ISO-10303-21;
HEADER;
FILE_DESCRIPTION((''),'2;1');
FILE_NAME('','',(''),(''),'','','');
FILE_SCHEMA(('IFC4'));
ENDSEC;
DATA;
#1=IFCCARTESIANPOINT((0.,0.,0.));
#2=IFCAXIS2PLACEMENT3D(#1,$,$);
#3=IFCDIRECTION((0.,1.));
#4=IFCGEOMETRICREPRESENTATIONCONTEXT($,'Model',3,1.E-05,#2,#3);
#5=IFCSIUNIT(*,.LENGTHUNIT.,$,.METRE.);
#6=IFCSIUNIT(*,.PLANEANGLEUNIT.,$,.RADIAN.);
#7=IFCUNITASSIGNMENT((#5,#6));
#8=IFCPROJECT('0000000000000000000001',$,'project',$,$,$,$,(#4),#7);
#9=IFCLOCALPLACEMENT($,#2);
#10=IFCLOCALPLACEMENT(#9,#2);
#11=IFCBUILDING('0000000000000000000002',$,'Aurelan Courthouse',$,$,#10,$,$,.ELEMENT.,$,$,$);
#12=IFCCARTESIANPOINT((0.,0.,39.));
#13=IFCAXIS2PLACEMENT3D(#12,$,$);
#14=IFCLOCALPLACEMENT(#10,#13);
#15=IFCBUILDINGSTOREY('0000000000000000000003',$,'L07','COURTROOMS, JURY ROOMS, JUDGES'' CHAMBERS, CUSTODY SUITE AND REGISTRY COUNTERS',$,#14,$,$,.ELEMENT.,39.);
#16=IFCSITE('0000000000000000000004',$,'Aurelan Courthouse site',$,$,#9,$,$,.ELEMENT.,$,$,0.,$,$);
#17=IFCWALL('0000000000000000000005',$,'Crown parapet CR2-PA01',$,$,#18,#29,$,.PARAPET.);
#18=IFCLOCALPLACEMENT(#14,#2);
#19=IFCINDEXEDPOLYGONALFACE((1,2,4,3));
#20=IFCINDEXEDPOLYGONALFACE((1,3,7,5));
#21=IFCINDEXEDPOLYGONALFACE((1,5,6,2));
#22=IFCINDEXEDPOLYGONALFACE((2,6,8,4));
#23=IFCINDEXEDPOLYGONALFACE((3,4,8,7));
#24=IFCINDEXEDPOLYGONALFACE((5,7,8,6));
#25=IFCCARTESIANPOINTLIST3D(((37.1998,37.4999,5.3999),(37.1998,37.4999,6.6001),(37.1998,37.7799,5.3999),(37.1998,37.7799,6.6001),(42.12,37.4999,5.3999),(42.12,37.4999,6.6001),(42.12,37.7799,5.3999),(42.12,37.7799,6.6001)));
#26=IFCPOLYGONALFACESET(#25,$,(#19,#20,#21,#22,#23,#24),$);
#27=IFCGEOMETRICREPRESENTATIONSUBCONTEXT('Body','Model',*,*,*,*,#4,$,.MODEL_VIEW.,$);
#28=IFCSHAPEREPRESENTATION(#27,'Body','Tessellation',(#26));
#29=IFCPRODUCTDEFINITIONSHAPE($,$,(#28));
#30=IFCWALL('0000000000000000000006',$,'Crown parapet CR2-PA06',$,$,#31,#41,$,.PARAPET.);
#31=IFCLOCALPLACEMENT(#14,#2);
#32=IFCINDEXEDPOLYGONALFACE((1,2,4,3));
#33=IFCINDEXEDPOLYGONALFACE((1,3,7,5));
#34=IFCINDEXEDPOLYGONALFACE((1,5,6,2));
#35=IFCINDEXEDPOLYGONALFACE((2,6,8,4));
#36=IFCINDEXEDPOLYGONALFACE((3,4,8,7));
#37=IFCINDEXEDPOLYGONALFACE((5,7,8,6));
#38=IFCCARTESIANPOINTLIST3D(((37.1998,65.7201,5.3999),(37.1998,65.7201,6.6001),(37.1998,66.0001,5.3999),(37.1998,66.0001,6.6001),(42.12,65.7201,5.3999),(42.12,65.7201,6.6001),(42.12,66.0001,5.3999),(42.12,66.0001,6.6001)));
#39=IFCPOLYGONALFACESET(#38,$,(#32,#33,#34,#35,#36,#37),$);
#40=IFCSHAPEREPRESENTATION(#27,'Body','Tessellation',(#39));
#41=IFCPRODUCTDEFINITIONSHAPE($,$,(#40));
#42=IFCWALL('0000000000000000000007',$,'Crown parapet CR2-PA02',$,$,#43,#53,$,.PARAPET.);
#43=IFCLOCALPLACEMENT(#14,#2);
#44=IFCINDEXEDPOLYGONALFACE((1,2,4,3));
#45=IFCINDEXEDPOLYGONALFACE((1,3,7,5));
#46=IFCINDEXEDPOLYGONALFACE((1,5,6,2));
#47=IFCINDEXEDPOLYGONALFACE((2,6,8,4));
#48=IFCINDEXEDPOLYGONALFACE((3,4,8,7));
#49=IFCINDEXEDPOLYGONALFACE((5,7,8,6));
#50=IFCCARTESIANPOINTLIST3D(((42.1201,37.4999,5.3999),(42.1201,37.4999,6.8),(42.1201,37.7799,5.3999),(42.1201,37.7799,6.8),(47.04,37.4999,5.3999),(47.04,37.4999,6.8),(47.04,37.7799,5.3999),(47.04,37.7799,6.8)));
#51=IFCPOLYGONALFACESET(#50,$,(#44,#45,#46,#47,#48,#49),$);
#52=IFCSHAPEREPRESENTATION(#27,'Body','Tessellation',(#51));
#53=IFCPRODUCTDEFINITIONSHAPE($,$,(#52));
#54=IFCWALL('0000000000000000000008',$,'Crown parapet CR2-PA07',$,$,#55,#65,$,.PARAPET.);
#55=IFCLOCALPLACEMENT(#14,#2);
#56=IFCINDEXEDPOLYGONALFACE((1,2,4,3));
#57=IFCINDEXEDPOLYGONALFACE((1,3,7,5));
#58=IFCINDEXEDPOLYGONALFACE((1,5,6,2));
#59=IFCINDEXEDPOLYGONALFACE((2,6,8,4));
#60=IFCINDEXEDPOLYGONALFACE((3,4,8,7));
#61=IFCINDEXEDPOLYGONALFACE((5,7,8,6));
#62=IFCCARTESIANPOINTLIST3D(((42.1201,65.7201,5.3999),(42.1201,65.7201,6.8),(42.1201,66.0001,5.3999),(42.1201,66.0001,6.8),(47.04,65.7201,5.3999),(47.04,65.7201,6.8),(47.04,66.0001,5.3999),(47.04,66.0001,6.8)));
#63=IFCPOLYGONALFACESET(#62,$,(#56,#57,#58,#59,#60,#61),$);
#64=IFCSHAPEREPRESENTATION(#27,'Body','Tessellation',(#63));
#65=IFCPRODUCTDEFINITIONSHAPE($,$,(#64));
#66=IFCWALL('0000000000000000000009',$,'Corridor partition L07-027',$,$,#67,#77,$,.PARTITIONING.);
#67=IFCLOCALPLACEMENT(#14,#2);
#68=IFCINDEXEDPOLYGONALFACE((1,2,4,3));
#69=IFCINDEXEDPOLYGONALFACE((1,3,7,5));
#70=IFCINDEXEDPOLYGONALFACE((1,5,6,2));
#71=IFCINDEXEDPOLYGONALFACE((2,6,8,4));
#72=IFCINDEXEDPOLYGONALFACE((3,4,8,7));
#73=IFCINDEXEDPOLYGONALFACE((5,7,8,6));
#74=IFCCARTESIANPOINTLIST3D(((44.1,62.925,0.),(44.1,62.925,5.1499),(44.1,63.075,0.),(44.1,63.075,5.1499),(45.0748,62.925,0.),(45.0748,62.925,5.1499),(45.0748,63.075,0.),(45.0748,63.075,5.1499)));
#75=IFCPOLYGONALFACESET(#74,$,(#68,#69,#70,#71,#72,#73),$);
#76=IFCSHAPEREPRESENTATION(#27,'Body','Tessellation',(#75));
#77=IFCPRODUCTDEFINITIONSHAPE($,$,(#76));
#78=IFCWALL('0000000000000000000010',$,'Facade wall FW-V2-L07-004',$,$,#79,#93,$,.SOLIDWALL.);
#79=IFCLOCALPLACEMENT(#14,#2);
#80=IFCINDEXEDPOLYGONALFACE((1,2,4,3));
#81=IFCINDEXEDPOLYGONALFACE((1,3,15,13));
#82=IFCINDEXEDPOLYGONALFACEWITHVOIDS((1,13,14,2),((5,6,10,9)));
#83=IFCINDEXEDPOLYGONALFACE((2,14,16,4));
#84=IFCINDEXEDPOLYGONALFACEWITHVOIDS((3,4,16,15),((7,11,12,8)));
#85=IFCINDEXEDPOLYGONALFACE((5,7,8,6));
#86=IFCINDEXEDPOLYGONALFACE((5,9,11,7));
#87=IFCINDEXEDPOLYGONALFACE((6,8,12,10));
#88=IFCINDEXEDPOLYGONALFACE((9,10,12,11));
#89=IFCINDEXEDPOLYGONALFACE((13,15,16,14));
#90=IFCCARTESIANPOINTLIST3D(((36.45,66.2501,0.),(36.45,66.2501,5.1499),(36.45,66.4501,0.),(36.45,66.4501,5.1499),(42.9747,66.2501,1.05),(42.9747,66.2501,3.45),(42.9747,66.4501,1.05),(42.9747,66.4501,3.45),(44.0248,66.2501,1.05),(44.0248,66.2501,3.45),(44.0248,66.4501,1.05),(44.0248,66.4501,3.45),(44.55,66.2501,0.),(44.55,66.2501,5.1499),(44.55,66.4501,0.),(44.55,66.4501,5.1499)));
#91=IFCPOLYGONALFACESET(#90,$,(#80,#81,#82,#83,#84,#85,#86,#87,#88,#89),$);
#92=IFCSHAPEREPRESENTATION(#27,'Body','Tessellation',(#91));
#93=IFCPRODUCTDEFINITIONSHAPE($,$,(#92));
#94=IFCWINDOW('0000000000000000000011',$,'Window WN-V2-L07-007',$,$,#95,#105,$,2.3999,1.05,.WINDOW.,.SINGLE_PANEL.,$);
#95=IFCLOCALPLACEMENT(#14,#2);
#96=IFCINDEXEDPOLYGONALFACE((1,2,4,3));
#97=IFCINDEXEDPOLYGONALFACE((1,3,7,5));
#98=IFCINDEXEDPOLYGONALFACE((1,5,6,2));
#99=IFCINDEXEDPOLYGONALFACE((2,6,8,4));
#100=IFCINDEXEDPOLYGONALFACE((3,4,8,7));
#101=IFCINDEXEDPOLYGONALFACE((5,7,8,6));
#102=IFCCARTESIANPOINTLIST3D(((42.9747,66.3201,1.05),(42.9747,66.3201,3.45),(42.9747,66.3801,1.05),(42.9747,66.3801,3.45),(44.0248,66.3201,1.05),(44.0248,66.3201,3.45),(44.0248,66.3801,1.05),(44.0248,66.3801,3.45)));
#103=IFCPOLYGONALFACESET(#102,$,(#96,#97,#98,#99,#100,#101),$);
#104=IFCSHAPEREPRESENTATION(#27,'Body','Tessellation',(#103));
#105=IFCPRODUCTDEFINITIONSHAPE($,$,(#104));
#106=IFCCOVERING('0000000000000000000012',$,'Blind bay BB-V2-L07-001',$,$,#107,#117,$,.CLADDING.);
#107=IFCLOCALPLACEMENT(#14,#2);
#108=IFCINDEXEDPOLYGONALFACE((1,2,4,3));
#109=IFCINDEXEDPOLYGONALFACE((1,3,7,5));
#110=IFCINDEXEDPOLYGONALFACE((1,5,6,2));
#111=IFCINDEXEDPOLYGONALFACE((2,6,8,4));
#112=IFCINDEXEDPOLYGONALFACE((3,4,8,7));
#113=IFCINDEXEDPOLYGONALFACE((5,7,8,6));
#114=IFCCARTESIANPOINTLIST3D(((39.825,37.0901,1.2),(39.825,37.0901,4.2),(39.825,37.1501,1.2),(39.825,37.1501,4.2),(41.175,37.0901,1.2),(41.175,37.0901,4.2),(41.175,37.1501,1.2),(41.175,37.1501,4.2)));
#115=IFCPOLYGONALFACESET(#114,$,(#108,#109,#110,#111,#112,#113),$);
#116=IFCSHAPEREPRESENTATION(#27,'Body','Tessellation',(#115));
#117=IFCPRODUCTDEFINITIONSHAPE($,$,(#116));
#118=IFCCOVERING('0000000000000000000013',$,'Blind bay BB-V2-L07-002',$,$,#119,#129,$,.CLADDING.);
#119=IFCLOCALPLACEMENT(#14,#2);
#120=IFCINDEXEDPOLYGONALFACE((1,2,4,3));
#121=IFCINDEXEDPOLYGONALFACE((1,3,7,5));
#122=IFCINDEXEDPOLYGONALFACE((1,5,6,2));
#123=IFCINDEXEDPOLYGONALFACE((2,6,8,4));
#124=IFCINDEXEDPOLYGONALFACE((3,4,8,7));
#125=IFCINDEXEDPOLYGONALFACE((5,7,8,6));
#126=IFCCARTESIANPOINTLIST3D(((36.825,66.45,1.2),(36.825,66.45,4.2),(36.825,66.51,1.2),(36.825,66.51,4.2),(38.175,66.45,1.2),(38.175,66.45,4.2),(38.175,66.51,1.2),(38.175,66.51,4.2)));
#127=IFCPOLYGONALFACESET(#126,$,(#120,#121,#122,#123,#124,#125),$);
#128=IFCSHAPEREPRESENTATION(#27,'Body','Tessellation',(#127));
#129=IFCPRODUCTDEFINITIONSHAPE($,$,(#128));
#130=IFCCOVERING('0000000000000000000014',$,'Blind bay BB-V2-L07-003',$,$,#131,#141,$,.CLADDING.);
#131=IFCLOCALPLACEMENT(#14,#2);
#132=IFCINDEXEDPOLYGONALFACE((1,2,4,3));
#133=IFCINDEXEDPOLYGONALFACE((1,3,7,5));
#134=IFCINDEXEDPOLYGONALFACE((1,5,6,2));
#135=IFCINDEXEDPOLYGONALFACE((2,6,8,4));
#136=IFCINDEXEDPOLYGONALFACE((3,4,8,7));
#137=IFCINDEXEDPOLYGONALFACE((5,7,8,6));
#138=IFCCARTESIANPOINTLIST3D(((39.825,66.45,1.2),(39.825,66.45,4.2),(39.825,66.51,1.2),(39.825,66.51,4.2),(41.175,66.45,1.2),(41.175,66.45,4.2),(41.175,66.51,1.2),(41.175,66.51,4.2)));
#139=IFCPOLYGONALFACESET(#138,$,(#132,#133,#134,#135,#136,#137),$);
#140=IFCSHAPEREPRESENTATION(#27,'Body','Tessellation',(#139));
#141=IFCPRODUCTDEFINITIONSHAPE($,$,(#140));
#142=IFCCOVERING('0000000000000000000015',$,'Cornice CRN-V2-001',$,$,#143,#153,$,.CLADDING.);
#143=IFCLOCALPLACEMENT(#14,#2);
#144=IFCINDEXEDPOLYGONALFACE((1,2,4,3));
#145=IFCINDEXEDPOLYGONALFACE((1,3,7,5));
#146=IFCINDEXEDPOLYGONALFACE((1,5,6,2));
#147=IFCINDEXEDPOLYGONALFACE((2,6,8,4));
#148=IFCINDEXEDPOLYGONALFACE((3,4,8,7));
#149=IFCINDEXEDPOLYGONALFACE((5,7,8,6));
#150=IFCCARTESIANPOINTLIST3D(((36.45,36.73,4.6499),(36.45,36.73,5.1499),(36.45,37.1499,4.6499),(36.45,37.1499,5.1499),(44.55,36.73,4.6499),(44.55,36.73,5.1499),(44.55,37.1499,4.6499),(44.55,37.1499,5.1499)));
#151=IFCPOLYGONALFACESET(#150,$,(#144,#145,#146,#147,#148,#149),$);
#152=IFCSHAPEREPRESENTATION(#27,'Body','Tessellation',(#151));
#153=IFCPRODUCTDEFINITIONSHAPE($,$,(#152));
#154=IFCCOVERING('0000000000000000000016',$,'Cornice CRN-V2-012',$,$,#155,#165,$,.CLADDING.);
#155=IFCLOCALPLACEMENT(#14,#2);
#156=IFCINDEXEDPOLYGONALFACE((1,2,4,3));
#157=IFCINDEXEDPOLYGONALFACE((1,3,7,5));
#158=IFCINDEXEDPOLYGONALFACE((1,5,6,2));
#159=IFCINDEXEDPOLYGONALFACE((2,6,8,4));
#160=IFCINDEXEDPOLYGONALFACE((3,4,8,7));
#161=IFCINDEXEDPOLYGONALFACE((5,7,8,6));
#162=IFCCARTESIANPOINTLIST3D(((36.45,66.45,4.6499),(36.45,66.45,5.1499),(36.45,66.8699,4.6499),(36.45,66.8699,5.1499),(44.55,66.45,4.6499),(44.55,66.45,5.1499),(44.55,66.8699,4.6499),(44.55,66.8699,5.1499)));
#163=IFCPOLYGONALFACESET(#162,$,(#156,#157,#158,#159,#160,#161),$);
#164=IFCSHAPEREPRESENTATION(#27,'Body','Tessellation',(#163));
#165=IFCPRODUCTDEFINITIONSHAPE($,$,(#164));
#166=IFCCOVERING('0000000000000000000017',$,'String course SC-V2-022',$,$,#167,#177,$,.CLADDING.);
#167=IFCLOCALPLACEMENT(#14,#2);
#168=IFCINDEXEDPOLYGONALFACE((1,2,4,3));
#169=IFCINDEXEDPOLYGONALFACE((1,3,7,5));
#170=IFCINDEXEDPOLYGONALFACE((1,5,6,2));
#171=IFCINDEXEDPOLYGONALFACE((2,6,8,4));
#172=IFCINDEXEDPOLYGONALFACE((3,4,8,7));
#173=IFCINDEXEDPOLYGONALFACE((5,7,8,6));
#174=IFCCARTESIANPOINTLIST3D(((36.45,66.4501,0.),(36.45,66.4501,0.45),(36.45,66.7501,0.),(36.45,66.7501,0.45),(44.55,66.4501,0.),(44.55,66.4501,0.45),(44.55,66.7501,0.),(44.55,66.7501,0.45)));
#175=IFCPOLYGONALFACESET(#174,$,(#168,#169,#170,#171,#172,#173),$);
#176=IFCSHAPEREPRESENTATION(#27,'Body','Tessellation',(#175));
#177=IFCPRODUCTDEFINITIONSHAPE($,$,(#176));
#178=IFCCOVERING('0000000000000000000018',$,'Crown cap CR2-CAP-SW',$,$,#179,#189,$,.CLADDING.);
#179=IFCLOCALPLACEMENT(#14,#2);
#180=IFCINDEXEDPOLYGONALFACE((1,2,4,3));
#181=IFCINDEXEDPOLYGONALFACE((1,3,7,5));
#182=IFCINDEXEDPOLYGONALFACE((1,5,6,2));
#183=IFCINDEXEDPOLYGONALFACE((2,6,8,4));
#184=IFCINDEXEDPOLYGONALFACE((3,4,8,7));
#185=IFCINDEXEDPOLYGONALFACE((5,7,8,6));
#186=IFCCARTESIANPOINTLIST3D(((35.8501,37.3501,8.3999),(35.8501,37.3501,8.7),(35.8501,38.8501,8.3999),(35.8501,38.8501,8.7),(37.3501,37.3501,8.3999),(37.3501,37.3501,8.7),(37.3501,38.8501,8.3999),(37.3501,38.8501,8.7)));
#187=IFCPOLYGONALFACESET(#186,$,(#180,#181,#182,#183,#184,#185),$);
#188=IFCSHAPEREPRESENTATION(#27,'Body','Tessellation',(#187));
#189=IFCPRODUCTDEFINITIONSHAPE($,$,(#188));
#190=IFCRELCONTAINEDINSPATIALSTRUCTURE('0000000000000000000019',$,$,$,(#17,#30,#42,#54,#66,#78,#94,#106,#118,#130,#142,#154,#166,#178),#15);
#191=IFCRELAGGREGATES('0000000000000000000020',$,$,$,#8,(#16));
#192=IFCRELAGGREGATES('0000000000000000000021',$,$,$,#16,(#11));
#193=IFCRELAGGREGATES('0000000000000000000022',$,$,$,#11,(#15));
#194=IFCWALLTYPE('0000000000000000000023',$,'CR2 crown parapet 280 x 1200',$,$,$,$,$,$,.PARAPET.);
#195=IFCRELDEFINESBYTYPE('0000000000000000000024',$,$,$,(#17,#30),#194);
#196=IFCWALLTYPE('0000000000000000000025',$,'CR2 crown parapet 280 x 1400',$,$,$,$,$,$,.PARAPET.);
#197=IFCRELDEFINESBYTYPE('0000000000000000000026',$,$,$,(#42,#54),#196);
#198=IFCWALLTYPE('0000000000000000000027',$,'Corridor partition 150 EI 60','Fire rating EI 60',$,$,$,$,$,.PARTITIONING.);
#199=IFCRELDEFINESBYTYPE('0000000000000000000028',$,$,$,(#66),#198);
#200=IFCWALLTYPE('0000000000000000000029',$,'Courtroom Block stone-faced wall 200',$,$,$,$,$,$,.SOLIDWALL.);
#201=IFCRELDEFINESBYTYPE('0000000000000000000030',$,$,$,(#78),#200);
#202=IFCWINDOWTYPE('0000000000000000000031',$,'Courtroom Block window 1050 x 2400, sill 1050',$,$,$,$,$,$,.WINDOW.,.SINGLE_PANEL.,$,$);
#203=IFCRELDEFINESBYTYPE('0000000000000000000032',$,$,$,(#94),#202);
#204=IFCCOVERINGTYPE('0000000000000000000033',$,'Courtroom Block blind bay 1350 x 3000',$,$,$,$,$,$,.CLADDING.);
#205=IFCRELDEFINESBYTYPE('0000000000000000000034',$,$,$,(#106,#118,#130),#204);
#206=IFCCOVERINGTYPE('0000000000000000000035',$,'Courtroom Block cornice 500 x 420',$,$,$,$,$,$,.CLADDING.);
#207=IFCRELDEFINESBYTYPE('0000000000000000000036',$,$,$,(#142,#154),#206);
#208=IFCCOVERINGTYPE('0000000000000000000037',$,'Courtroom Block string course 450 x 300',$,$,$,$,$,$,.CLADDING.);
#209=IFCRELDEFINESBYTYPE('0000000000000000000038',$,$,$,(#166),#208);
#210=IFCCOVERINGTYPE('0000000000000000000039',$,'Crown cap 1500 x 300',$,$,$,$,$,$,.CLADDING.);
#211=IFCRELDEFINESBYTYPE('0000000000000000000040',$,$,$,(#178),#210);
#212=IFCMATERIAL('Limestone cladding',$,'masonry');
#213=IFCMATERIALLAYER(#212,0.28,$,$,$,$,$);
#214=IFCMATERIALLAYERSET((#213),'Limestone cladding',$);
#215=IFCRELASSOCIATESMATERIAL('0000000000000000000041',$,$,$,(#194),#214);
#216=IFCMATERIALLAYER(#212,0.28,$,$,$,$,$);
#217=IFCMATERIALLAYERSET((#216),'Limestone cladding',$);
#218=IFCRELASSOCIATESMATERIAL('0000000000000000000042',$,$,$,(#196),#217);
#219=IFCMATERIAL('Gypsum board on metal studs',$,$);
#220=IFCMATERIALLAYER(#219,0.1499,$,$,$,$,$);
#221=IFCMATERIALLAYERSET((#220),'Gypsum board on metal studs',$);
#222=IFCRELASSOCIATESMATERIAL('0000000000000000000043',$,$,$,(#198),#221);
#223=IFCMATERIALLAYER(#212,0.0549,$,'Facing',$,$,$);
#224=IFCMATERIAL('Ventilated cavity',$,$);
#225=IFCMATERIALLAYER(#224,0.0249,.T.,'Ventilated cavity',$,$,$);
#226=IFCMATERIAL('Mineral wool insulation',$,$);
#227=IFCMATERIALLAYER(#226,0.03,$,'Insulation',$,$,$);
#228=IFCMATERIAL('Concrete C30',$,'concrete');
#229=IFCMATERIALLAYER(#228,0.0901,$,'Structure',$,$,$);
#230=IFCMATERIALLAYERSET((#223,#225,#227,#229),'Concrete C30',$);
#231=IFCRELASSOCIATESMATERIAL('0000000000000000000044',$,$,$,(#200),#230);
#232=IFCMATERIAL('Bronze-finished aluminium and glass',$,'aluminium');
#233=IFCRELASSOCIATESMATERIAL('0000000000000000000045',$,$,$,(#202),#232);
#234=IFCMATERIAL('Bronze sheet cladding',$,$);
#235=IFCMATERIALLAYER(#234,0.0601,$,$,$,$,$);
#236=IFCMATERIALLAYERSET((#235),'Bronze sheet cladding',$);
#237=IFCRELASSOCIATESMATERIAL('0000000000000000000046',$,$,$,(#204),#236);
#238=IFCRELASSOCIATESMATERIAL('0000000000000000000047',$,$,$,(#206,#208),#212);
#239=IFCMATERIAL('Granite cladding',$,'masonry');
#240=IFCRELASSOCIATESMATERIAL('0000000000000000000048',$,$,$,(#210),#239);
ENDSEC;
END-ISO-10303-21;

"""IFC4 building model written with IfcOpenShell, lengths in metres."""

from ifc_helpers import new_model, si_unit, direction, frame, frame_2d, origin, origin_2d, place, context, subcontext, project, spatial, rectangle, extrude, material, layer, layer_set, type_object, element, fill, save


model = new_model("IFC4")

# Units and contexts
model_context = context("Model", 3, precision=1e-05, world=origin(), true_north=direction((0.0, 1.0)))
body_context = subcontext(model_context, "Body", "Model", "MODEL_VIEW")
ifc_project = project(units=[si_unit("LENGTHUNIT", "METRE"), si_unit("PLANEANGLEUNIT", "RADIAN")], contexts=[model_context])

# Site, building, storey
site_placement = place(None, origin())
site = spatial("IfcSite", under=ifc_project, at=site_placement, Name="Aurelan Courthouse site", CompositionType="ELEMENT", RefElevation=0.0)
building_placement = place(site_placement, origin())
building = spatial("IfcBuilding", under=site, at=building_placement, Name="Aurelan Courthouse", CompositionType="ELEMENT")
storey_placement = place(building_placement, frame((0.0, 0.0, 39.0)))
storey = spatial("IfcBuildingStorey", under=building, at=storey_placement, Name="L07", Description="COURTROOMS, JURY ROOMS, JUDGES' CHAMBERS, CUSTODY SUITE AND REGISTRY COUNTERS", CompositionType="ELEMENT", Elevation=39.0)

# Walls
ifc_material_1 = material(Name="Limestone cladding", Category="masonry")
ifc_layer_1 = layer(ifc_material_1, 0.28)
ifc_layer_set_1 = layer_set([ifc_layer_1], Name="Limestone cladding")
wall_type_1 = type_object("IfcWallType", Name="CR2 crown parapet 280 x 1200", PredefinedType="PARAPET", material=ifc_layer_set_1)
for number, where, z_axis, x_axis, name in (
    (1, (37.2, 37.6399, 5.3999), (0.0, 0.0, 1.0), (1.0, 0.0, 0.0), "Crown parapet CR2-PA01"),
    (2, (37.2, 65.8601, 5.3999), (0.0, 0.0, 1.0), (1.0, 0.0, 0.0), "Crown parapet CR2-PA06"),
):
    element("IfcWall", number, at=place(storey_placement, frame(where, z_axis=z_axis, x_axis=x_axis)), inside=storey, type_object=wall_type_1, Name=name, PredefinedType="PARAPET", context=body_context, shape_type="SweptSolid", body=[
        extrude(rectangle(XDim=4.9202, YDim=0.28, at=frame_2d((2.46, 0.0))), origin(), (0.0, 0.0, 1.0), 1.2002),
    ])
ifc_layer_2 = layer(ifc_material_1, 0.28)
ifc_layer_set_2 = layer_set([ifc_layer_2], Name="Limestone cladding")
wall_type_2 = type_object("IfcWallType", Name="CR2 crown parapet 280 x 1400", PredefinedType="PARAPET", material=ifc_layer_set_2)
for number, where, z_axis, x_axis, name in (
    (3, (42.1201, 37.6399, 5.3999), (0.0, 0.0, 1.0), (1.0, 0.0, 0.0), "Crown parapet CR2-PA02"),
    (4, (42.1201, 65.8601, 5.3999), (0.0, 0.0, 1.0), (1.0, 0.0, 0.0), "Crown parapet CR2-PA07"),
):
    element("IfcWall", number, at=place(storey_placement, frame(where, z_axis=z_axis, x_axis=x_axis)), inside=storey, type_object=wall_type_2, Name=name, PredefinedType="PARAPET", context=body_context, shape_type="SweptSolid", body=[
        extrude(rectangle(XDim=4.9199, YDim=0.28, at=frame_2d((2.46, 0.0))), origin(), (0.0, 0.0, 1.0), 1.4001),
    ])
ifc_material_2 = material(Name="Gypsum board on metal studs")
ifc_layer_3 = layer(ifc_material_2, 0.1499)
ifc_layer_set_3 = layer_set([ifc_layer_3], Name="Gypsum board on metal studs")
wall_type_3 = type_object("IfcWallType", Name="Corridor partition 150 EI 60", Description="Fire rating EI 60", PredefinedType="PARTITIONING", material=ifc_layer_set_3)
wall_1_placement = place(storey_placement, frame((44.1001, 63.0, 0.0), z_axis=(0.0, 0.0, 1.0), x_axis=(1.0, 0.0, 0.0)))
element("IfcWall", 5, at=wall_1_placement, inside=storey, type_object=wall_type_3, Name="Corridor partition L07-027", PredefinedType="PARTITIONING", context=body_context, shape_type="SweptSolid", body=[
    extrude(rectangle(XDim=0.9749, YDim=0.1499, at=frame_2d((0.4873, 0.0))), origin(), (0.0, 0.0, 1.0), 5.1499),
])

# Wall, opening, window
ifc_layer_4 = layer(ifc_material_1, 0.0549, Name="Facing")
ifc_material_3 = material(Name="Ventilated cavity")
ifc_layer_5 = layer(ifc_material_3, 0.0249, ventilated=True, Name="Ventilated cavity")
ifc_material_4 = material(Name="Mineral wool insulation")
ifc_layer_6 = layer(ifc_material_4, 0.03, Name="Insulation")
ifc_material_5 = material(Name="Concrete C30", Category="concrete")
ifc_layer_7 = layer(ifc_material_5, 0.0901, Name="Structure")
ifc_layer_set_4 = layer_set([ifc_layer_4, ifc_layer_5, ifc_layer_6, ifc_layer_7], Name="Concrete C30")
wall_type_4 = type_object("IfcWallType", Name="Courtroom Block stone-faced wall 200", PredefinedType="SOLIDWALL", material=ifc_layer_set_4)
wall_2_placement = place(storey_placement, frame((36.45, 66.3501, 0.0), z_axis=(0.0, 0.0, 1.0), x_axis=(1.0, 0.0, 0.0)))
wall_2 = element("IfcWall", 6, at=wall_2_placement, inside=storey, type_object=wall_type_4, Name="Facade wall FW-V2-L07-004", PredefinedType="SOLIDWALL", context=body_context, shape_type="SweptSolid", body=[
    extrude(rectangle(XDim=8.1001, YDim=0.2, at=frame_2d((4.05, 0.0))), origin(), (0.0, 0.0, 1.0), 5.1499),
])
opening_placement = place(wall_2_placement, frame((6.5249, 0.0, 1.05)))
opening = element("IfcOpeningElement", 7, at=opening_placement, cuts=wall_2, PredefinedType="OPENING", context=body_context, shape_type="SweptSolid", body=[
    extrude(rectangle(XDim=1.05, YDim=2.3999, at=frame_2d((0.5249, 1.2))), frame((0.0, 0.1099, 0.0), z_axis=(0.0, -1.0, 0.0), x_axis=(1.0, 0.0, 0.0)), (0.0, 0.0, 1.0), 0.22),
])
ifc_material_6 = material(Name="Bronze-finished aluminium and glass", Category="aluminium")
window_type = type_object("IfcWindowType", Name="Courtroom Block window 1050 x 2400, sill 1050", PartitioningType="SINGLE_PANEL", PredefinedType="WINDOW", material=ifc_material_6)
window_placement = place(opening_placement, origin())
window = element("IfcWindow", 8, at=window_placement, inside=storey, type_object=window_type, Name="Window WN-V2-L07-007", OverallHeight=2.3999, OverallWidth=1.05, PartitioningType="SINGLE_PANEL", PredefinedType="WINDOW", context=body_context, shape_type="SweptSolid", body=[
    extrude(rectangle(XDim=1.05, YDim=2.3999, at=frame_2d((0.5249, 1.2))), frame((0.0, 0.03, 0.0), z_axis=(0.0, -1.0, 0.0), x_axis=(1.0, 0.0, 0.0)), (0.0, 0.0, 1.0), 0.0601),
])
fill(opening, window)

# Coverings
ifc_material_7 = material(Name="Bronze sheet cladding")
ifc_layer_8 = layer(ifc_material_7, 0.0601)
ifc_layer_set_5 = layer_set([ifc_layer_8], Name="Bronze sheet cladding")
covering_type_1 = type_object("IfcCoveringType", Name="Courtroom Block blind bay 1350 x 3000", PredefinedType="CLADDING", material=ifc_layer_set_5)
for number, where, z_axis, x_axis, name in (
    (9, (40.5, 37.1201, 1.2), (0.0, 0.0, 1.0), (1.0, 0.0, 0.0), "Blind bay BB-V2-L07-001"),
    (10, (37.5, 66.48, 1.2), (0.0, 0.0, 1.0), (1.0, 0.0, 0.0), "Blind bay BB-V2-L07-002"),
    (11, (40.5, 66.48, 1.2), (0.0, 0.0, 1.0), (1.0, 0.0, 0.0), "Blind bay BB-V2-L07-003"),
):
    element("IfcCovering", number, at=place(storey_placement, frame(where, z_axis=z_axis, x_axis=x_axis)), inside=storey, type_object=covering_type_1, Name=name, PredefinedType="CLADDING", context=body_context, shape_type="SweptSolid", body=[
        extrude(rectangle(XDim=1.3501, YDim=0.0601, at=origin_2d()), origin(), (0.0, 0.0, 1.0), 3.0),
    ])
covering_type_2 = type_object("IfcCoveringType", Name="Courtroom Block cornice 500 x 420", PredefinedType="CLADDING", material=ifc_material_1)
for number, where, z_axis, x_axis, name in (
    (12, (40.5, 36.9399, 4.6499), (0.0, 0.0, 1.0), (1.0, 0.0, 0.0), "Cornice CRN-V2-001"),
    (13, (40.5, 66.6599, 4.6499), (0.0, 0.0, 1.0), (1.0, 0.0, 0.0), "Cornice CRN-V2-012"),
):
    element("IfcCovering", number, at=place(storey_placement, frame(where, z_axis=z_axis, x_axis=x_axis)), inside=storey, type_object=covering_type_2, Name=name, PredefinedType="CLADDING", context=body_context, shape_type="SweptSolid", body=[
        extrude(rectangle(XDim=8.1001, YDim=0.4199, at=origin_2d()), origin(), (0.0, 0.0, 1.0), 0.5),
    ])
covering_type_3 = type_object("IfcCoveringType", Name="Courtroom Block string course 450 x 300", PredefinedType="CLADDING", material=ifc_material_1)
covering_placement = place(storey_placement, frame((40.5, 66.6001, 0.0), z_axis=(0.0, 0.0, 1.0), x_axis=(1.0, 0.0, 0.0)))
element("IfcCovering", 14, at=covering_placement, inside=storey, type_object=covering_type_3, Name="String course SC-V2-022", PredefinedType="CLADDING", context=body_context, shape_type="SweptSolid", body=[
    extrude(rectangle(XDim=8.1001, YDim=0.3, at=origin_2d()), origin(), (0.0, 0.0, 1.0), 0.45),
])
ifc_material_8 = material(Name="Granite cladding", Category="masonry")
covering_type_4 = type_object("IfcCoveringType", Name="Crown cap 1500 x 300", PredefinedType="CLADDING", material=ifc_material_8)
for number, where, z_axis, x_axis, name in (
    (15, (36.6001, 38.1001, 8.3999), (0.0, 0.0, 1.0), (1.0, 0.0, 0.0), "Crown cap CR2-CAP-SW"),
):
    element("IfcCovering", number, at=place(storey_placement, frame(where, z_axis=z_axis, x_axis=x_axis)), inside=storey, type_object=covering_type_4, Name=name, PredefinedType="CLADDING", context=body_context, shape_type="SweptSolid", body=[
        extrude(rectangle(XDim=1.5, YDim=1.5, at=origin_2d()), origin(), (0.0, 0.0, 1.0), 0.3),
    ])

save(model, "model.ifc")
